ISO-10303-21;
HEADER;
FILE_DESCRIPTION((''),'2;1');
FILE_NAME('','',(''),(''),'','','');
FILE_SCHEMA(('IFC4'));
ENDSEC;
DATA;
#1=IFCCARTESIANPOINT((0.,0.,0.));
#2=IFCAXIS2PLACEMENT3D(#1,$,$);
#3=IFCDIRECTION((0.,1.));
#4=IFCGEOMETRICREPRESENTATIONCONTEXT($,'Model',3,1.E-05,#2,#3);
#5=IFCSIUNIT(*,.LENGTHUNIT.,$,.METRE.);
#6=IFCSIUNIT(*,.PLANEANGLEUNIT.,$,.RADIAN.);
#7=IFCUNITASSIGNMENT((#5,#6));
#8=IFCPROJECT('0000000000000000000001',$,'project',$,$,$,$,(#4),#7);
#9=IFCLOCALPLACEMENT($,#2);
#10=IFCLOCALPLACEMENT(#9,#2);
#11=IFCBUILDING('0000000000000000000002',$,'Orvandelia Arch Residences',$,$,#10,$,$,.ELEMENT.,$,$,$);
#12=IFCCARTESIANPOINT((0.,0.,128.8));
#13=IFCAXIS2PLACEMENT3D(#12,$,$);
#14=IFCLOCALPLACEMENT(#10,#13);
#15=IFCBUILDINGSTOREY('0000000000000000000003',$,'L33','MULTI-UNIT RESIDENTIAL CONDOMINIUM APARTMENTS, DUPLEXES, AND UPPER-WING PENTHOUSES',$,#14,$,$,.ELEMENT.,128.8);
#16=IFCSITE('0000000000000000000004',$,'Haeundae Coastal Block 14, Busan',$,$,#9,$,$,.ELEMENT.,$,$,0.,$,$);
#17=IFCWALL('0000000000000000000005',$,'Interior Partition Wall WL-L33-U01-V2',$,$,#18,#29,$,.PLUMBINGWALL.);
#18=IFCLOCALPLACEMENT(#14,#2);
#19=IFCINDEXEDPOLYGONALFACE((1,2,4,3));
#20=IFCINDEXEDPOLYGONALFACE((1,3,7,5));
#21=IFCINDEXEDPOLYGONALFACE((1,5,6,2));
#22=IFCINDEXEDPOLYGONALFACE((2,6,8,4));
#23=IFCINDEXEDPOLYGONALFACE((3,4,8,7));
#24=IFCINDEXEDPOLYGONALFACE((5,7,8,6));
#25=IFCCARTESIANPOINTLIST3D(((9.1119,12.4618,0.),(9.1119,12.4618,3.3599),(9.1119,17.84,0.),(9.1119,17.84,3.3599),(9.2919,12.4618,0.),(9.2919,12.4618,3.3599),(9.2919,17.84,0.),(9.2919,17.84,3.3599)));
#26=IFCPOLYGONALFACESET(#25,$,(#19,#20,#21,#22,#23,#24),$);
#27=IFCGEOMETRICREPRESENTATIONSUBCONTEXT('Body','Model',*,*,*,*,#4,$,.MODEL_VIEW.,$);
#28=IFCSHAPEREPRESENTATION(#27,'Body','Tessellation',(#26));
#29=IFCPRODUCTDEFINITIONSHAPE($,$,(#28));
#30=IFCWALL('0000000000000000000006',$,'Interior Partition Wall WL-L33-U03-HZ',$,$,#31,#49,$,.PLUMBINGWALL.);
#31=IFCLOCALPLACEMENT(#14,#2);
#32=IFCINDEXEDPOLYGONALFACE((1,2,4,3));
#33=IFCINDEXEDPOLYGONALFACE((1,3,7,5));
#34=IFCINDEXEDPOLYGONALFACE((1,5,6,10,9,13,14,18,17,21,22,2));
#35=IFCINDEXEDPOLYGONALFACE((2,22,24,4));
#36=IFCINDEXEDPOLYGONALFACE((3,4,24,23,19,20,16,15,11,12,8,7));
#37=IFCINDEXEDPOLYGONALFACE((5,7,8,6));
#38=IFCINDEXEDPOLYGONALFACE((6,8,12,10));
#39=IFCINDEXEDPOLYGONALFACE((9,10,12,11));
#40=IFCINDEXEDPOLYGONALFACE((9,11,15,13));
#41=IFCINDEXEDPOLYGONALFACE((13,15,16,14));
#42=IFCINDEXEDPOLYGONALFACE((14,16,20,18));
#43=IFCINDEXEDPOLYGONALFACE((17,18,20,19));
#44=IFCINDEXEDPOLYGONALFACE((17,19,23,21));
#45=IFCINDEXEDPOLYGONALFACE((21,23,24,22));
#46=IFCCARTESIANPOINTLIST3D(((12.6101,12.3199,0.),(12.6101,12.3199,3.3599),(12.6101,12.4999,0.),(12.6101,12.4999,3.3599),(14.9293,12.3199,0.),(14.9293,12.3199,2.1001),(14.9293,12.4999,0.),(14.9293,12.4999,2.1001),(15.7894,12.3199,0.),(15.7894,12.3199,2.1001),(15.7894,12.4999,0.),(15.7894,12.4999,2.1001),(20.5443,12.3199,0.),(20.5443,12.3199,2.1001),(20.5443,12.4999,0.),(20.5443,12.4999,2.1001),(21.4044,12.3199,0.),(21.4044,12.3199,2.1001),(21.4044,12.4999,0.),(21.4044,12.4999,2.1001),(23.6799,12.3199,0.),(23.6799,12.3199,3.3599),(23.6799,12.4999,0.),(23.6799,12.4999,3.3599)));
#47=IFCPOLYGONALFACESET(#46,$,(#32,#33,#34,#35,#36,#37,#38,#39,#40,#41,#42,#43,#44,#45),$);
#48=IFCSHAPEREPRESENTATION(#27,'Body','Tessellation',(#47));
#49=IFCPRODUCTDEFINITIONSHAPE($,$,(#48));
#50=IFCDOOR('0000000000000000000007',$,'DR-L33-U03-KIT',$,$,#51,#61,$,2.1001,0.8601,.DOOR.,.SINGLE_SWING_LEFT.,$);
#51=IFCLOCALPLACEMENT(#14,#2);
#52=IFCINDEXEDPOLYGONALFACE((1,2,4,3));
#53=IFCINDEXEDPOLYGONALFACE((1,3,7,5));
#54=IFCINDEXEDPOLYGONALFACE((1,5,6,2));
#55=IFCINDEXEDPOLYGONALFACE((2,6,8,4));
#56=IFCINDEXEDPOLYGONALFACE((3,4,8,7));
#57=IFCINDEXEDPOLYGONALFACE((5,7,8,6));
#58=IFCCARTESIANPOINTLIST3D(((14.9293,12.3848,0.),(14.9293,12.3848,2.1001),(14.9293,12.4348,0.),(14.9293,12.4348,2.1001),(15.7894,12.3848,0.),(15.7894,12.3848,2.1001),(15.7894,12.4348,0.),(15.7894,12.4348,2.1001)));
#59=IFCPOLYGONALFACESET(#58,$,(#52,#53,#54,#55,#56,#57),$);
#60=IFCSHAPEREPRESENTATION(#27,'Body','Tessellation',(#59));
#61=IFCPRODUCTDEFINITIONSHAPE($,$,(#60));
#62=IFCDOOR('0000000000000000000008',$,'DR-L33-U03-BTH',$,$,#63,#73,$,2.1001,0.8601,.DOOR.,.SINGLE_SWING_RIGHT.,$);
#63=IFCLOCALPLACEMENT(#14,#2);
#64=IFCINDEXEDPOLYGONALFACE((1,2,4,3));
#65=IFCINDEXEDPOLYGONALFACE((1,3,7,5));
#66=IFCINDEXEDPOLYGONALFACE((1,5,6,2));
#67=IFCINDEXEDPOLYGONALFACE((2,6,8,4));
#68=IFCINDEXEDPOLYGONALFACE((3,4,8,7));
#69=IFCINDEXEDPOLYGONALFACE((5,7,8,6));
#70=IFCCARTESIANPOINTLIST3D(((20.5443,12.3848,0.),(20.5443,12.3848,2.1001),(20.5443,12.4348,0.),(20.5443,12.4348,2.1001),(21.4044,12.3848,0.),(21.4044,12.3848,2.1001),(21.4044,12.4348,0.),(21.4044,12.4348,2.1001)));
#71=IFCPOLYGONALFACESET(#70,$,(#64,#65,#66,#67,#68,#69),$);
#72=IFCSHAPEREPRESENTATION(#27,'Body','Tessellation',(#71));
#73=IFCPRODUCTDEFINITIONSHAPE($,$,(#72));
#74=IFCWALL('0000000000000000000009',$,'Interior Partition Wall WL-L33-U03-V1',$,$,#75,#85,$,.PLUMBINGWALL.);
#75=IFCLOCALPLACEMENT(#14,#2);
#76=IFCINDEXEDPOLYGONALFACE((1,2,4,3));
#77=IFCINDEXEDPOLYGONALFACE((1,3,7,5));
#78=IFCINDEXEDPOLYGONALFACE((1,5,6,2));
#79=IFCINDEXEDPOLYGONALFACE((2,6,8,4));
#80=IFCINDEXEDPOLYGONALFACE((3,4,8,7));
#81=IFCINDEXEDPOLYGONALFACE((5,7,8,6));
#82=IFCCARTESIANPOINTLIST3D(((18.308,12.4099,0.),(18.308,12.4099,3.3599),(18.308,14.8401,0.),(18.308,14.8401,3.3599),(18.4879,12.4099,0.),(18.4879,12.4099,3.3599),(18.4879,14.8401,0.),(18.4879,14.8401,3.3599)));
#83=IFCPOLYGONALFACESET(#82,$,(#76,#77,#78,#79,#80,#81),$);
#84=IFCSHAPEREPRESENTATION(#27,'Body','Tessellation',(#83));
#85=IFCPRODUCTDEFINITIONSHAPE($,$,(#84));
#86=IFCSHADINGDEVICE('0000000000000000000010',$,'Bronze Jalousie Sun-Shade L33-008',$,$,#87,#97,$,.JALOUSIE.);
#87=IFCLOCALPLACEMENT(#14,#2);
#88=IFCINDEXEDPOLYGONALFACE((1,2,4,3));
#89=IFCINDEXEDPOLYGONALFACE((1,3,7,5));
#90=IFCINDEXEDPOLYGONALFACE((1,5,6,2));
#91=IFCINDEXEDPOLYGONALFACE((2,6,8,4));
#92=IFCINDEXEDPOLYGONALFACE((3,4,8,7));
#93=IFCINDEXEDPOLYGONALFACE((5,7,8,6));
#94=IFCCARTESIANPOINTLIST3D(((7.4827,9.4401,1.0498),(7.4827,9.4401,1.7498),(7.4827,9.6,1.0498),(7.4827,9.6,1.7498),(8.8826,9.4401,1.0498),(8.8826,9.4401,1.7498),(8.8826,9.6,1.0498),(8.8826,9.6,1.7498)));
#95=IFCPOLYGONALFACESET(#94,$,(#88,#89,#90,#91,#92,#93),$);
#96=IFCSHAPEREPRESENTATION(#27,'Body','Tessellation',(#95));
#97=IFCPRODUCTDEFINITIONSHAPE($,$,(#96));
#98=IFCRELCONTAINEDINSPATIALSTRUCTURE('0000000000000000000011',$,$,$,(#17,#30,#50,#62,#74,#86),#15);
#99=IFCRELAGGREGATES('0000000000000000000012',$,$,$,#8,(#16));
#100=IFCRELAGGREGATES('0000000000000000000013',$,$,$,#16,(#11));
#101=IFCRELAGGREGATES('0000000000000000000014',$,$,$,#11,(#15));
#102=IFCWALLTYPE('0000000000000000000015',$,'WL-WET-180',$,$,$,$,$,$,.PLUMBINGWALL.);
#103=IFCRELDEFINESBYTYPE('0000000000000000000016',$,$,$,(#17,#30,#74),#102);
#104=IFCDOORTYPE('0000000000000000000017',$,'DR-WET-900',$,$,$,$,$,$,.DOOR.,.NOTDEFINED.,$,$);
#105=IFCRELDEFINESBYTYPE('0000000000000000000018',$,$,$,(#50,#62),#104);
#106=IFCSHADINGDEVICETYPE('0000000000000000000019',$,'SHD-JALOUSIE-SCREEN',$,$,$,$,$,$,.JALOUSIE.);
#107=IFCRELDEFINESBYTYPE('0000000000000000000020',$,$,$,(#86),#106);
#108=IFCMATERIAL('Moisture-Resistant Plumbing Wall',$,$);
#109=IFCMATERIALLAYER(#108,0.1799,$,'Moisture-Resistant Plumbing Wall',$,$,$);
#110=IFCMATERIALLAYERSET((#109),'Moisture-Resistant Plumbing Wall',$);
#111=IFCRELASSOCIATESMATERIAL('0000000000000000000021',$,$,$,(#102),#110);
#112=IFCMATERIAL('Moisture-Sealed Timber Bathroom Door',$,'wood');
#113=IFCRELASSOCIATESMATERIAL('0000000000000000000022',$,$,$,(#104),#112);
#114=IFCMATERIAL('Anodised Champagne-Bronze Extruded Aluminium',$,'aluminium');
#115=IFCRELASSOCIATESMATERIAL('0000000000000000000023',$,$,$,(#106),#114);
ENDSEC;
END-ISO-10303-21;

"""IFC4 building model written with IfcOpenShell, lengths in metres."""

from ifc_helpers import new_model, si_unit, direction, frame, frame_2d, origin, origin_2d, place, context, subcontext, project, spatial, rectangle, extrude, material, layer, layer_set, type_object, element, fill, save


model = new_model("IFC4")

# Units and contexts
model_context = context("Model", 3, precision=1e-05, world=origin(), true_north=direction((0.0, 1.0)))
body_context = subcontext(model_context, "Body", "Model", "MODEL_VIEW")
ifc_project = project(units=[si_unit("LENGTHUNIT", "METRE"), si_unit("PLANEANGLEUNIT", "RADIAN")], contexts=[model_context])

# Site, building, storey
site_placement = place(None, origin())
site = spatial("IfcSite", under=ifc_project, at=site_placement, Name="Haeundae Coastal Block 14, Busan", CompositionType="ELEMENT", RefElevation=0.0)
building_placement = place(site_placement, origin())
building = spatial("IfcBuilding", under=site, at=building_placement, Name="Orvandelia Arch Residences", CompositionType="ELEMENT")
storey_placement = place(building_placement, frame((0.0, 0.0, 128.8)))
storey = spatial("IfcBuildingStorey", under=building, at=storey_placement, Name="L33", Description="MULTI-UNIT RESIDENTIAL CONDOMINIUM APARTMENTS, DUPLEXES, AND UPPER-WING PENTHOUSES", CompositionType="ELEMENT", Elevation=128.8)

# Wall
ifc_material_1 = material(Name="Moisture-Resistant Plumbing Wall")
ifc_layer_1 = layer(ifc_material_1, 0.1799, Name="Moisture-Resistant Plumbing Wall")
ifc_layer_set_1 = layer_set([ifc_layer_1], Name="Moisture-Resistant Plumbing Wall")
wall_type_1 = type_object("IfcWallType", Name="WL-WET-180", PredefinedType="PLUMBINGWALL", material=ifc_layer_set_1)
wall_1_placement = place(storey_placement, frame((9.2019, 12.4619, 0.0), z_axis=(0.0, 0.0, 1.0), x_axis=(0.0, 1.0, 0.0)))
element("IfcWall", 1, at=wall_1_placement, inside=storey, type_object=wall_type_1, Name="Interior Partition Wall WL-L33-U01-V2", PredefinedType="PLUMBINGWALL", context=body_context, shape_type="SweptSolid", body=[
    extrude(rectangle(XDim=5.3782, YDim=0.1799, at=frame_2d((2.689, 0.0))), origin(), (0.0, 0.0, 1.0), 3.3599),
])

# Wall, openings, doors
wall_2_placement = place(storey_placement, frame((12.6101, 12.4099, 0.0), z_axis=(0.0, 0.0, 1.0), x_axis=(1.0, 0.0, 0.0)))
wall_2 = element("IfcWall", 2, at=wall_2_placement, inside=storey, type_object=wall_type_1, Name="Interior Partition Wall WL-L33-U03-HZ", PredefinedType="PLUMBINGWALL", context=body_context, shape_type="SweptSolid", body=[
    extrude(rectangle(XDim=11.0698, YDim=0.1799, at=frame_2d((5.5349, 0.0))), origin(), (0.0, 0.0, 1.0), 3.3599),
])
opening_1_placement = place(wall_2_placement, frame((2.3191, 0.0, 0.0)))
opening_1 = element("IfcOpeningElement", 3, at=opening_1_placement, cuts=wall_2, PredefinedType="OPENING", context=body_context, shape_type="SweptSolid", body=[
    extrude(rectangle(XDim=0.8601, YDim=2.1001, at=frame_2d((0.4302, 1.05))), frame((0.0, 0.1001, 0.0), z_axis=(0.0, -1.0, 0.0), x_axis=(1.0, 0.0, 0.0)), (0.0, 0.0, 1.0), 0.2),
])
opening_2_placement = place(wall_2_placement, frame((7.9341, 0.0, 0.0)))
opening_2 = element("IfcOpeningElement", 4, at=opening_2_placement, cuts=wall_2, PredefinedType="OPENING", context=body_context, shape_type="SweptSolid", body=[
    extrude(rectangle(XDim=0.8601, YDim=2.1001, at=frame_2d((0.4302, 1.05))), frame((0.0, 0.1001, 0.0), z_axis=(0.0, -1.0, 0.0), x_axis=(1.0, 0.0, 0.0)), (0.0, 0.0, 1.0), 0.2),
])
ifc_material_2 = material(Name="Moisture-Sealed Timber Bathroom Door", Category="wood")
door_type_1 = type_object("IfcDoorType", Name="DR-WET-900", OperationType="NOTDEFINED", PredefinedType="DOOR", material=ifc_material_2)
door_1_placement = place(opening_1_placement, origin())
door_1 = element("IfcDoor", 5, at=door_1_placement, inside=storey, type_object=door_type_1, Name="DR-L33-U03-KIT", OperationType="SINGLE_SWING_LEFT", OverallHeight=2.1001, OverallWidth=0.8601, PredefinedType="DOOR", context=body_context, shape_type="SweptSolid", body=[
    extrude(rectangle(XDim=0.8601, YDim=2.1001, at=frame_2d((0.4302, 1.05))), frame((0.0, 0.0249, 0.0), z_axis=(0.0, -1.0, 0.0), x_axis=(1.0, 0.0, 0.0)), (0.0, 0.0, 1.0), 0.05),
])
fill(opening_1, door_1)
door_2_placement = place(opening_2_placement, origin())
door_2 = element("IfcDoor", 6, at=door_2_placement, inside=storey, type_object=door_type_1, Name="DR-L33-U03-BTH", OperationType="SINGLE_SWING_RIGHT", OverallHeight=2.1001, OverallWidth=0.8601, PredefinedType="DOOR", context=body_context, shape_type="SweptSolid", body=[
    extrude(rectangle(XDim=0.8601, YDim=2.1001, at=frame_2d((0.4302, 1.05))), frame((0.0, 0.0249, 0.0), z_axis=(0.0, -1.0, 0.0), x_axis=(1.0, 0.0, 0.0)), (0.0, 0.0, 1.0), 0.05),
])
fill(opening_2, door_2)

# Wall
wall_3_placement = place(storey_placement, frame((18.3979, 12.4099, 0.0), z_axis=(0.0, 0.0, 1.0), x_axis=(0.0, 1.0, 0.0)))
element("IfcWall", 7, at=wall_3_placement, inside=storey, type_object=wall_type_1, Name="Interior Partition Wall WL-L33-U03-V1", PredefinedType="PLUMBINGWALL", context=body_context, shape_type="SweptSolid", body=[
    extrude(rectangle(XDim=2.4302, YDim=0.1799, at=frame_2d((1.2151, 0.0))), origin(), (0.0, 0.0, 1.0), 3.3599),
])

# Shading device
ifc_material_3 = material(Name="Anodised Champagne-Bronze Extruded Aluminium", Category="aluminium")
shading_device_type = type_object("IfcShadingDeviceType", Name="SHD-JALOUSIE-SCREEN", PredefinedType="JALOUSIE", material=ifc_material_3)
shading_device_placement = place(storey_placement, frame((8.1826, 9.52, 1.0498), z_axis=(0.0, 0.0, 1.0), x_axis=(-1.0, 0.0, 0.0)))
element("IfcShadingDevice", 8, at=shading_device_placement, inside=storey, type_object=shading_device_type, Name="Bronze Jalousie Sun-Shade L33-008", PredefinedType="JALOUSIE", context=body_context, shape_type="SweptSolid", body=[
    extrude(rectangle(XDim=1.3999, YDim=0.1599, at=origin_2d()), origin(), (0.0, 0.0, 1.0), 0.7),
])

save(model, "model.ifc")
